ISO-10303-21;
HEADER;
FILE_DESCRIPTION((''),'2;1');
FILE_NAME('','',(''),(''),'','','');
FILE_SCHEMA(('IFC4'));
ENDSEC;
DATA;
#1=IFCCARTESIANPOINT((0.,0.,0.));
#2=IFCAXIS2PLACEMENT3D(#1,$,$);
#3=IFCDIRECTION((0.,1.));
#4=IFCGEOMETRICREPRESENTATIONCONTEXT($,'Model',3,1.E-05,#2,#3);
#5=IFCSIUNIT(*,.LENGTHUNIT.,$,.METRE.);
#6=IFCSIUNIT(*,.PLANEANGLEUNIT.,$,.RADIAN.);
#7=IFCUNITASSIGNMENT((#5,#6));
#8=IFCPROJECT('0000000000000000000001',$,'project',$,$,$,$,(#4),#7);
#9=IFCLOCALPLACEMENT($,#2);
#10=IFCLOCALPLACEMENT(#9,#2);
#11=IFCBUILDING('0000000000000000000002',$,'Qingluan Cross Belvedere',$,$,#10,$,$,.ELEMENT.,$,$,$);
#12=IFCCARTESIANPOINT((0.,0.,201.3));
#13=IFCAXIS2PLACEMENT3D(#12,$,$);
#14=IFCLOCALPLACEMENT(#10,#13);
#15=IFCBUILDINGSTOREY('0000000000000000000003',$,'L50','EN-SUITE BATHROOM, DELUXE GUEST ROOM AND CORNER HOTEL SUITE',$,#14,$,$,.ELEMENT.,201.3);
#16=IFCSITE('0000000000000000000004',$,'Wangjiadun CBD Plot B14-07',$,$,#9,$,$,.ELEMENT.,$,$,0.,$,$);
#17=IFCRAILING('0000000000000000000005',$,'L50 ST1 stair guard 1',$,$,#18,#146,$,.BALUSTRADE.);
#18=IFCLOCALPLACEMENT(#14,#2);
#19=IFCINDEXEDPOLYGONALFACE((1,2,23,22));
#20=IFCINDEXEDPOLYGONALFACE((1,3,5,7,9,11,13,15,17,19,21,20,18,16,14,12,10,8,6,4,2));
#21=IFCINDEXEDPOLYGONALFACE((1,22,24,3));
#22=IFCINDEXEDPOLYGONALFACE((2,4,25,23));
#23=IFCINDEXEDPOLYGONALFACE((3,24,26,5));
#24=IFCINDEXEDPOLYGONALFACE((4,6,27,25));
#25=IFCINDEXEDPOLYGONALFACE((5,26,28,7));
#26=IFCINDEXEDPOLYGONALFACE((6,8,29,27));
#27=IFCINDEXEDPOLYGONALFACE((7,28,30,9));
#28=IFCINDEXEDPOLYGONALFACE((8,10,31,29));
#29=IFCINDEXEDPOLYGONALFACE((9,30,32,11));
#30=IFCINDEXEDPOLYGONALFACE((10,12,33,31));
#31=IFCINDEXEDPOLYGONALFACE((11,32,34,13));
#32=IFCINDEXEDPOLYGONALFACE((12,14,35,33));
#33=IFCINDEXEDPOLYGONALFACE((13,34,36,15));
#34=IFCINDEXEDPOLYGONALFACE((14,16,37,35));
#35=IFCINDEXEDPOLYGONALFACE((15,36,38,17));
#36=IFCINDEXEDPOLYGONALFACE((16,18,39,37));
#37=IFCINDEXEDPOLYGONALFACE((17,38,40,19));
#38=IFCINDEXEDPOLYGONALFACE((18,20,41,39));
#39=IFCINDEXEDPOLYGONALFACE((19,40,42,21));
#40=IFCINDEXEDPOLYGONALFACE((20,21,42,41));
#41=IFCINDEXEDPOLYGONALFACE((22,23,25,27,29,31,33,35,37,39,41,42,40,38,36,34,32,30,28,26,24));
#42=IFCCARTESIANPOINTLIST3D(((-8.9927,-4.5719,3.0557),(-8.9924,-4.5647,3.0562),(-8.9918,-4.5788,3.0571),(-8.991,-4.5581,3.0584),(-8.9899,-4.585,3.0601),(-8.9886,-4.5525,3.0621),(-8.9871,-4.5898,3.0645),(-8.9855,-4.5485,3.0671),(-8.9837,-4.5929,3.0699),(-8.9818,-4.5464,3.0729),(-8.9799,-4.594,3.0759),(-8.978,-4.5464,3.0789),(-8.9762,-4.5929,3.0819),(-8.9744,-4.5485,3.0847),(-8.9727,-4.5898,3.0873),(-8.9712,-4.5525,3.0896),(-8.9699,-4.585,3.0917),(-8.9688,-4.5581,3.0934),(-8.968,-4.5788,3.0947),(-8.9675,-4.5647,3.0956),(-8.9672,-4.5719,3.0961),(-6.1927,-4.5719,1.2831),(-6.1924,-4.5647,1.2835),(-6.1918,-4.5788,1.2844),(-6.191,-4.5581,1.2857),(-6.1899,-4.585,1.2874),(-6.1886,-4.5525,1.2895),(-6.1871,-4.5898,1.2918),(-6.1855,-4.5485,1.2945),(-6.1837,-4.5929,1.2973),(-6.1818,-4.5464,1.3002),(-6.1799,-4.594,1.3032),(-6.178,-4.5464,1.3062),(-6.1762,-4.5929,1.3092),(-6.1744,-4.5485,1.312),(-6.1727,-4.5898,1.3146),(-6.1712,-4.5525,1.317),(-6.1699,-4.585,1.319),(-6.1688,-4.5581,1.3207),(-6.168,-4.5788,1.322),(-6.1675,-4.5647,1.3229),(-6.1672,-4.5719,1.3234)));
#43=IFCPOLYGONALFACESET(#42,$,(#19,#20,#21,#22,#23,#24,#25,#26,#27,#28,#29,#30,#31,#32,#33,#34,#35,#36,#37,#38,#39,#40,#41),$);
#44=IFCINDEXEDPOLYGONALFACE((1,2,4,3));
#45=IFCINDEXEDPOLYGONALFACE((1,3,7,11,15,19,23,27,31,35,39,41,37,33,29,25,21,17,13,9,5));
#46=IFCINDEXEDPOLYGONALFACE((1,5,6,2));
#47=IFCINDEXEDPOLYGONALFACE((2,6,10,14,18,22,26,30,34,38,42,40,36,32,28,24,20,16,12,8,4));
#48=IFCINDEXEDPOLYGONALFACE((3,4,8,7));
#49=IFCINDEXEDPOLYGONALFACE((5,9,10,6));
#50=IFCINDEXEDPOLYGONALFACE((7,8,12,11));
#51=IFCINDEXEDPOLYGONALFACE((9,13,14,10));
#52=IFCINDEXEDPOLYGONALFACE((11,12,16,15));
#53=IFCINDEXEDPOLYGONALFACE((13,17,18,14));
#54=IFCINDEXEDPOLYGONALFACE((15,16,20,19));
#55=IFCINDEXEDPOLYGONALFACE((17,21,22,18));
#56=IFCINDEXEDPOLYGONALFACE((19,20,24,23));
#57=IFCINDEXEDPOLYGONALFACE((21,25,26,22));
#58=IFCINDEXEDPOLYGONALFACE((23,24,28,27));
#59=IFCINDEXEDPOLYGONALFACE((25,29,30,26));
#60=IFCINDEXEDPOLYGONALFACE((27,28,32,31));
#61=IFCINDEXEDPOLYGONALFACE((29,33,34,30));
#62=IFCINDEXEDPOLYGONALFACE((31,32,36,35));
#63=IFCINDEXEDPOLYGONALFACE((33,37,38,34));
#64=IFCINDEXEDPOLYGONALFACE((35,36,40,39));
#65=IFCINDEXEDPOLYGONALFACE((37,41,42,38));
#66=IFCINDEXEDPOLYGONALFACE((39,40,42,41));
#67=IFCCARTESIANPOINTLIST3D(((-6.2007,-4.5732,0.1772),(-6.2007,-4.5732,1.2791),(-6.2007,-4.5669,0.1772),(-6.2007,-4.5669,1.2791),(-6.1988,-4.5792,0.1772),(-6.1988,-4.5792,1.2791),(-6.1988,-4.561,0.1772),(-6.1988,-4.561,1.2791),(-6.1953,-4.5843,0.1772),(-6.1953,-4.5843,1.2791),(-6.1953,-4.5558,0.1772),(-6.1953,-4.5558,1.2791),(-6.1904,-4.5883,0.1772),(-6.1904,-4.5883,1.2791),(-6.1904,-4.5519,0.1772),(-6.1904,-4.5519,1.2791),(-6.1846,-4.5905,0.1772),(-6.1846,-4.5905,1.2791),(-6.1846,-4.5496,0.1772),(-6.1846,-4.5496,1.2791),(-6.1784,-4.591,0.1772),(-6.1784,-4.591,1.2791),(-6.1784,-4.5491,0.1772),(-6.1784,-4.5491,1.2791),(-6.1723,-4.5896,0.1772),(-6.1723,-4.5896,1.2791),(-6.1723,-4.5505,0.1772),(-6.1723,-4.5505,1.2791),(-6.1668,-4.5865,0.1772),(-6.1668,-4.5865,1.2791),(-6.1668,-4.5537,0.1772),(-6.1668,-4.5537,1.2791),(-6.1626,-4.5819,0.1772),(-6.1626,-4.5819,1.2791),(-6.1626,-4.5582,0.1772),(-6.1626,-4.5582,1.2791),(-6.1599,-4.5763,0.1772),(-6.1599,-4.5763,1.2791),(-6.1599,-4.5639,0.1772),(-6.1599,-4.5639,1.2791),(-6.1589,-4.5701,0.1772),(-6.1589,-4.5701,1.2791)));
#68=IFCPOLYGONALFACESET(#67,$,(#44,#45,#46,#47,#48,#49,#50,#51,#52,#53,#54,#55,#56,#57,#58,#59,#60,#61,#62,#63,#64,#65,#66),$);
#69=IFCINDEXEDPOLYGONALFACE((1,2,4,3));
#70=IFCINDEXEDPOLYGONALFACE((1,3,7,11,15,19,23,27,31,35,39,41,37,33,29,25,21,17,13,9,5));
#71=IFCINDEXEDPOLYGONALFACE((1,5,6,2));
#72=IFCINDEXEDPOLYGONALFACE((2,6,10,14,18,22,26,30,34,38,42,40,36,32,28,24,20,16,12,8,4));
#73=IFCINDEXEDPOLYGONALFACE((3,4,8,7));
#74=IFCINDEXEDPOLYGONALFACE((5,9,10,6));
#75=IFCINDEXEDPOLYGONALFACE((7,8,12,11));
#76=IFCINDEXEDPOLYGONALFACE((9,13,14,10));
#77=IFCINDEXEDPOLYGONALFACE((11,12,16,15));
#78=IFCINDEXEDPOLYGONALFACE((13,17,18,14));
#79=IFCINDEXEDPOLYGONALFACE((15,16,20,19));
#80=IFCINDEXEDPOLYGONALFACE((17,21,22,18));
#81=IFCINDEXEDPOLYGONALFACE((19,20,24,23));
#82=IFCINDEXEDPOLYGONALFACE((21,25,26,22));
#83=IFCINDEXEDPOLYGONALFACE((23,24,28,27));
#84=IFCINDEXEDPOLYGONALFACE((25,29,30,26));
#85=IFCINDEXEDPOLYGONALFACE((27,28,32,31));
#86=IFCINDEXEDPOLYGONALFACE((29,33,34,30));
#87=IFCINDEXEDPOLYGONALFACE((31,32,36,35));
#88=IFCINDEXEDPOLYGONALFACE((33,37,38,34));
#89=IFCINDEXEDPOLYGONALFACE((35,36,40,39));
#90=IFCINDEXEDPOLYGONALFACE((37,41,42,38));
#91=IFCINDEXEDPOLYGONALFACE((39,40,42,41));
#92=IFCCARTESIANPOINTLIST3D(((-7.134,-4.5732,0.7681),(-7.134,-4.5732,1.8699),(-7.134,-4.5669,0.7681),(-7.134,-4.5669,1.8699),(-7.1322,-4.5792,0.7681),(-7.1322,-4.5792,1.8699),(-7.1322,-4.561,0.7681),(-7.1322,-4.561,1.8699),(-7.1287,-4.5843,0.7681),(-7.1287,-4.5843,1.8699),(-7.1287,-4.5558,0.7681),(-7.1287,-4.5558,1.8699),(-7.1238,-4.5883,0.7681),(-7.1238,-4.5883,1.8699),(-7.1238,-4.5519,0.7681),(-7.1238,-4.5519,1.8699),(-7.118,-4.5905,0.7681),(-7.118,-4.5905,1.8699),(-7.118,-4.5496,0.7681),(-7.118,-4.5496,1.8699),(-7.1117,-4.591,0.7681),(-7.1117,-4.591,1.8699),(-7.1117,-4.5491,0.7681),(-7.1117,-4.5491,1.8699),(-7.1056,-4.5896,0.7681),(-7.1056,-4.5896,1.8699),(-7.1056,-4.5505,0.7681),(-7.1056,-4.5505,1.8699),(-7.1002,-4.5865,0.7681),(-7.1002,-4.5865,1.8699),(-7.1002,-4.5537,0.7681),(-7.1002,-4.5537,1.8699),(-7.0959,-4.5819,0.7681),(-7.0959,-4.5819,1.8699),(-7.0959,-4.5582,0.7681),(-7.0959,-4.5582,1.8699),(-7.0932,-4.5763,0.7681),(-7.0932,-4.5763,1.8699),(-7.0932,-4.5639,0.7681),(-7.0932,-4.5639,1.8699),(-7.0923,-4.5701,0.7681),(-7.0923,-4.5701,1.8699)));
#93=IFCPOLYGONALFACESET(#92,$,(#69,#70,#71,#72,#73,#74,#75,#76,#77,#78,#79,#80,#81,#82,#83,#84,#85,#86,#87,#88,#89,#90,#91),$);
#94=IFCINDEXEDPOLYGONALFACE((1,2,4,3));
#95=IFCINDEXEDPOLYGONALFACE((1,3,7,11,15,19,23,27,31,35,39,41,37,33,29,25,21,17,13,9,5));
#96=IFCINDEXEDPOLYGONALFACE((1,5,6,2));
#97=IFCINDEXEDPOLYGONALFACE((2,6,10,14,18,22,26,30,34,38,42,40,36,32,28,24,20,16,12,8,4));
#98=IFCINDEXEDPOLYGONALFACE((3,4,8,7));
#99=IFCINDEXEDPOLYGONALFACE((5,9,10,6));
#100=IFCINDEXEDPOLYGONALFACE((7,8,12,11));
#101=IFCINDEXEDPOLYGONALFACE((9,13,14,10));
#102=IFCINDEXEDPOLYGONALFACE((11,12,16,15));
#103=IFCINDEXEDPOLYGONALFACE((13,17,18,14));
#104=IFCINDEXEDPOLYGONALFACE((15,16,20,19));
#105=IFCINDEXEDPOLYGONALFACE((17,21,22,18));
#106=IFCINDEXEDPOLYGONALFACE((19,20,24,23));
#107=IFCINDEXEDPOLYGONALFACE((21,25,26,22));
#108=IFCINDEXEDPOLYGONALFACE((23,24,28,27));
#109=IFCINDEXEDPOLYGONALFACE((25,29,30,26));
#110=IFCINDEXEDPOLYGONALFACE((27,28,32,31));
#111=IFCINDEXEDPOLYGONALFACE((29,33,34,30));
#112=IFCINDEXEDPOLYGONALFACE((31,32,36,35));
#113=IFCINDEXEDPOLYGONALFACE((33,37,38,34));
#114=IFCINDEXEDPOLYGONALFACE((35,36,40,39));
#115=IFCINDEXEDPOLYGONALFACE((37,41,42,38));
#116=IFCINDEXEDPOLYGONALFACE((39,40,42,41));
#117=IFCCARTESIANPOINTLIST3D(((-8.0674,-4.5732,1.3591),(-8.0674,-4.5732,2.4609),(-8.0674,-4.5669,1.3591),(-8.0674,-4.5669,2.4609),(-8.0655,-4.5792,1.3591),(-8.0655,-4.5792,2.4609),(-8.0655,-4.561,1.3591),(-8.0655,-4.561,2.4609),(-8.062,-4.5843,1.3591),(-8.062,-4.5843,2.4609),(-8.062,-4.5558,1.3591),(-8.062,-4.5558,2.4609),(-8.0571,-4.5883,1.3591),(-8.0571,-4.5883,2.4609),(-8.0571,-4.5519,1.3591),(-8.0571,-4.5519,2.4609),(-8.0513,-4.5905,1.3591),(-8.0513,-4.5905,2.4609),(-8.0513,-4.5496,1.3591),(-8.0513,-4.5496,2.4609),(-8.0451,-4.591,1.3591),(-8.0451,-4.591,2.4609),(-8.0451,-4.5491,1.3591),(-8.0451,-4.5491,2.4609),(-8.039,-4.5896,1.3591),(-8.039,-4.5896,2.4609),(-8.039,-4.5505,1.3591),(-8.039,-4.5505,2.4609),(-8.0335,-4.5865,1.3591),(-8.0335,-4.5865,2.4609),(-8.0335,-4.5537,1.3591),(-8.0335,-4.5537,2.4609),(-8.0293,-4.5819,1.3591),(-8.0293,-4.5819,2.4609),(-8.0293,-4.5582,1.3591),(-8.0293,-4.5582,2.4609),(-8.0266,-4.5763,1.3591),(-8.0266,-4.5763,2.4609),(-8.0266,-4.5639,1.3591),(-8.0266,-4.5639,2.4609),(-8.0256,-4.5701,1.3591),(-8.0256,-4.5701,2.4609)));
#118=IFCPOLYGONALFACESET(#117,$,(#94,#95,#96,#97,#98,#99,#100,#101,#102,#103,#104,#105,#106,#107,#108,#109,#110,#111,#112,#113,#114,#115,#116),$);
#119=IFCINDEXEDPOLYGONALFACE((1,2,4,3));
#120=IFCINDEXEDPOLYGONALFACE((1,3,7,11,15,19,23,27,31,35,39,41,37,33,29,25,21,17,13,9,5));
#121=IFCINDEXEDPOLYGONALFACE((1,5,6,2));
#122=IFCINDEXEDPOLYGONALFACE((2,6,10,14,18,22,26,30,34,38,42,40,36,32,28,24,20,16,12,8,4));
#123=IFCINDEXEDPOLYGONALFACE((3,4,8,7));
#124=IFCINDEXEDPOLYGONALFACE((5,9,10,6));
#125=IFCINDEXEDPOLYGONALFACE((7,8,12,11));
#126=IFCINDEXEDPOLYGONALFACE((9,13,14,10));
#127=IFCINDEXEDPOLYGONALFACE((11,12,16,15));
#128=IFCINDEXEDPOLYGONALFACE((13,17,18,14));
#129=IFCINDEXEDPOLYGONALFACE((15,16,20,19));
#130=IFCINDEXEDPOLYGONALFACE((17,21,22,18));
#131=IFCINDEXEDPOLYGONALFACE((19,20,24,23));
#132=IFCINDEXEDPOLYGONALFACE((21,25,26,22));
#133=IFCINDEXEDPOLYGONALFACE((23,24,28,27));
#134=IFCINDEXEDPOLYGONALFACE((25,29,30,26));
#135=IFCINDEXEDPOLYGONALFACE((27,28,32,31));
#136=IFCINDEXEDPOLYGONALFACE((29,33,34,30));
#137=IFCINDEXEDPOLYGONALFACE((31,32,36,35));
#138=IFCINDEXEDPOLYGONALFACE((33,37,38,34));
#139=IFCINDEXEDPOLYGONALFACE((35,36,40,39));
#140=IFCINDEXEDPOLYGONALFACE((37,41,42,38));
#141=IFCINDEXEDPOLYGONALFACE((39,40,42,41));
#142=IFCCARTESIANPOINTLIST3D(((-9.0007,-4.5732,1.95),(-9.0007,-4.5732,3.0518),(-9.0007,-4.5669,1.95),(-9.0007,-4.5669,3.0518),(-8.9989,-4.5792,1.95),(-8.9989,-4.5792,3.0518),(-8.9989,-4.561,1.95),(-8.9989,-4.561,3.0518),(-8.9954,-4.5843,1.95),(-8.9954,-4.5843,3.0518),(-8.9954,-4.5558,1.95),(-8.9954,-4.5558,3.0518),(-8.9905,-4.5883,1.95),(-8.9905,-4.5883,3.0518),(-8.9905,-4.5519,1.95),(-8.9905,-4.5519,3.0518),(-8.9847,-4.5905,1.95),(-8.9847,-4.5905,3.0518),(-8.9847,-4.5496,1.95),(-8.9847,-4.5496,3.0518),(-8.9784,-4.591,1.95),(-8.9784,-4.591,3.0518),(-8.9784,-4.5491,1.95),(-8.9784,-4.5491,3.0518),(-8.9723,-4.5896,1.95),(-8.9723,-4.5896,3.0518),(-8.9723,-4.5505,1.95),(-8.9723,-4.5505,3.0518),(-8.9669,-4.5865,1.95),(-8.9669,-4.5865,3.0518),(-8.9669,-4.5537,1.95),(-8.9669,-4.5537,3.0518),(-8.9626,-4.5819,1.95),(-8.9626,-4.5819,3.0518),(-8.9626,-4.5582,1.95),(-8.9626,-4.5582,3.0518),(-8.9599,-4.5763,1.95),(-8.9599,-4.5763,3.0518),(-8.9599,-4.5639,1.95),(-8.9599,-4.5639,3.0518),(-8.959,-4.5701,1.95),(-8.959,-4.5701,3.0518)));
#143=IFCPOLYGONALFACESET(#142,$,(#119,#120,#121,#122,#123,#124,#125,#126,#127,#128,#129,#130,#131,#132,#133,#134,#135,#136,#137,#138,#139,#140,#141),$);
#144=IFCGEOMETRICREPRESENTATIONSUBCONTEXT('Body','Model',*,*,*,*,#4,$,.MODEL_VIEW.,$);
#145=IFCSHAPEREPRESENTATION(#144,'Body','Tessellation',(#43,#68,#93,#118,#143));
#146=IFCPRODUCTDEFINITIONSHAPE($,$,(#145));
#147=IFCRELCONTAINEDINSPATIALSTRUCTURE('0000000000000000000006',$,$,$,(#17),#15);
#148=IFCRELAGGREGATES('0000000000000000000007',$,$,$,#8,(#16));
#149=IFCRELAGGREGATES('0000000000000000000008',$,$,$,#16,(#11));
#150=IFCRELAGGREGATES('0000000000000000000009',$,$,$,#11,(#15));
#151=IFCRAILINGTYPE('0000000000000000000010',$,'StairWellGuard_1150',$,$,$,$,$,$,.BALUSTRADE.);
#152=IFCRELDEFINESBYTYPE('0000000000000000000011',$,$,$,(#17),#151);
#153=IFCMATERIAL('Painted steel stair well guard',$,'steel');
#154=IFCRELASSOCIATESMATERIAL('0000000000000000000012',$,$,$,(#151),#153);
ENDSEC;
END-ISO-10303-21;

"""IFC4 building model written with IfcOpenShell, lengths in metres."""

from ifc_helpers import new_model, si_unit, direction, frame, origin, origin_2d, place, context, subcontext, project, spatial, circle, extrude, material, type_object, element, save


model = new_model("IFC4")

# Units and contexts
model_context = context("Model", 3, precision=1e-05, world=origin(), true_north=direction((0.0, 1.0)))
body_context = subcontext(model_context, "Body", "Model", "MODEL_VIEW")
ifc_project = project(units=[si_unit("LENGTHUNIT", "METRE"), si_unit("PLANEANGLEUNIT", "RADIAN")], contexts=[model_context])

# Site, building, storey
site_placement = place(None, origin())
site = spatial("IfcSite", under=ifc_project, at=site_placement, Name="Wangjiadun CBD Plot B14-07", CompositionType="ELEMENT", RefElevation=0.0)
building_placement = place(site_placement, origin())
building = spatial("IfcBuilding", under=site, at=building_placement, Name="Qingluan Cross Belvedere", CompositionType="ELEMENT")
storey_placement = place(building_placement, frame((0.0, 0.0, 201.3)))
storey = spatial("IfcBuildingStorey", under=building, at=storey_placement, Name="L50", Description="EN-SUITE BATHROOM, DELUXE GUEST ROOM AND CORNER HOTEL SUITE", CompositionType="ELEMENT", Elevation=201.3)

# Railing
ifc_material_1 = material(Name="Painted steel stair well guard", Category="steel")
railing_type_1 = type_object("IfcRailingType", Name="StairWellGuard_1150", PredefinedType="BALUSTRADE", material=ifc_material_1)
railing_1_placement = place(storey_placement, frame((-6.1799, -4.5701, 0.1772)))
element("IfcRailing", 1, at=railing_1_placement, inside=storey, type_object=railing_type_1, Name="L50 ST1 stair guard 1", PredefinedType="BALUSTRADE", context=body_context, shape_type="SweptSolid", body=[
    extrude(circle(Radius=0.0239, at=origin_2d()), frame((0.0, 0.0, 1.126), z_axis=(-0.844909, 0.0, 0.53491), x_axis=(0.0, -1.0, 0.0)), (0.0, 0.0, 1.0), 3.314),
    extrude(circle(Radius=0.021, at=origin_2d()), origin(), (0.0, 0.0, 1.0), 1.1018),
    extrude(circle(Radius=0.021, at=origin_2d()), frame((-0.9333, 0.0, 0.5908)), (0.0, 0.0, 1.0), 1.1018),
    extrude(circle(Radius=0.021, at=origin_2d()), frame((-1.8667, 0.0, 1.1819)), (0.0, 0.0, 1.0), 1.1018),
    extrude(circle(Radius=0.021, at=origin_2d()), frame((-2.8, 0.0, 1.7727)), (0.0, 0.0, 1.0), 1.1018),
])

save(model, "model.ifc")
